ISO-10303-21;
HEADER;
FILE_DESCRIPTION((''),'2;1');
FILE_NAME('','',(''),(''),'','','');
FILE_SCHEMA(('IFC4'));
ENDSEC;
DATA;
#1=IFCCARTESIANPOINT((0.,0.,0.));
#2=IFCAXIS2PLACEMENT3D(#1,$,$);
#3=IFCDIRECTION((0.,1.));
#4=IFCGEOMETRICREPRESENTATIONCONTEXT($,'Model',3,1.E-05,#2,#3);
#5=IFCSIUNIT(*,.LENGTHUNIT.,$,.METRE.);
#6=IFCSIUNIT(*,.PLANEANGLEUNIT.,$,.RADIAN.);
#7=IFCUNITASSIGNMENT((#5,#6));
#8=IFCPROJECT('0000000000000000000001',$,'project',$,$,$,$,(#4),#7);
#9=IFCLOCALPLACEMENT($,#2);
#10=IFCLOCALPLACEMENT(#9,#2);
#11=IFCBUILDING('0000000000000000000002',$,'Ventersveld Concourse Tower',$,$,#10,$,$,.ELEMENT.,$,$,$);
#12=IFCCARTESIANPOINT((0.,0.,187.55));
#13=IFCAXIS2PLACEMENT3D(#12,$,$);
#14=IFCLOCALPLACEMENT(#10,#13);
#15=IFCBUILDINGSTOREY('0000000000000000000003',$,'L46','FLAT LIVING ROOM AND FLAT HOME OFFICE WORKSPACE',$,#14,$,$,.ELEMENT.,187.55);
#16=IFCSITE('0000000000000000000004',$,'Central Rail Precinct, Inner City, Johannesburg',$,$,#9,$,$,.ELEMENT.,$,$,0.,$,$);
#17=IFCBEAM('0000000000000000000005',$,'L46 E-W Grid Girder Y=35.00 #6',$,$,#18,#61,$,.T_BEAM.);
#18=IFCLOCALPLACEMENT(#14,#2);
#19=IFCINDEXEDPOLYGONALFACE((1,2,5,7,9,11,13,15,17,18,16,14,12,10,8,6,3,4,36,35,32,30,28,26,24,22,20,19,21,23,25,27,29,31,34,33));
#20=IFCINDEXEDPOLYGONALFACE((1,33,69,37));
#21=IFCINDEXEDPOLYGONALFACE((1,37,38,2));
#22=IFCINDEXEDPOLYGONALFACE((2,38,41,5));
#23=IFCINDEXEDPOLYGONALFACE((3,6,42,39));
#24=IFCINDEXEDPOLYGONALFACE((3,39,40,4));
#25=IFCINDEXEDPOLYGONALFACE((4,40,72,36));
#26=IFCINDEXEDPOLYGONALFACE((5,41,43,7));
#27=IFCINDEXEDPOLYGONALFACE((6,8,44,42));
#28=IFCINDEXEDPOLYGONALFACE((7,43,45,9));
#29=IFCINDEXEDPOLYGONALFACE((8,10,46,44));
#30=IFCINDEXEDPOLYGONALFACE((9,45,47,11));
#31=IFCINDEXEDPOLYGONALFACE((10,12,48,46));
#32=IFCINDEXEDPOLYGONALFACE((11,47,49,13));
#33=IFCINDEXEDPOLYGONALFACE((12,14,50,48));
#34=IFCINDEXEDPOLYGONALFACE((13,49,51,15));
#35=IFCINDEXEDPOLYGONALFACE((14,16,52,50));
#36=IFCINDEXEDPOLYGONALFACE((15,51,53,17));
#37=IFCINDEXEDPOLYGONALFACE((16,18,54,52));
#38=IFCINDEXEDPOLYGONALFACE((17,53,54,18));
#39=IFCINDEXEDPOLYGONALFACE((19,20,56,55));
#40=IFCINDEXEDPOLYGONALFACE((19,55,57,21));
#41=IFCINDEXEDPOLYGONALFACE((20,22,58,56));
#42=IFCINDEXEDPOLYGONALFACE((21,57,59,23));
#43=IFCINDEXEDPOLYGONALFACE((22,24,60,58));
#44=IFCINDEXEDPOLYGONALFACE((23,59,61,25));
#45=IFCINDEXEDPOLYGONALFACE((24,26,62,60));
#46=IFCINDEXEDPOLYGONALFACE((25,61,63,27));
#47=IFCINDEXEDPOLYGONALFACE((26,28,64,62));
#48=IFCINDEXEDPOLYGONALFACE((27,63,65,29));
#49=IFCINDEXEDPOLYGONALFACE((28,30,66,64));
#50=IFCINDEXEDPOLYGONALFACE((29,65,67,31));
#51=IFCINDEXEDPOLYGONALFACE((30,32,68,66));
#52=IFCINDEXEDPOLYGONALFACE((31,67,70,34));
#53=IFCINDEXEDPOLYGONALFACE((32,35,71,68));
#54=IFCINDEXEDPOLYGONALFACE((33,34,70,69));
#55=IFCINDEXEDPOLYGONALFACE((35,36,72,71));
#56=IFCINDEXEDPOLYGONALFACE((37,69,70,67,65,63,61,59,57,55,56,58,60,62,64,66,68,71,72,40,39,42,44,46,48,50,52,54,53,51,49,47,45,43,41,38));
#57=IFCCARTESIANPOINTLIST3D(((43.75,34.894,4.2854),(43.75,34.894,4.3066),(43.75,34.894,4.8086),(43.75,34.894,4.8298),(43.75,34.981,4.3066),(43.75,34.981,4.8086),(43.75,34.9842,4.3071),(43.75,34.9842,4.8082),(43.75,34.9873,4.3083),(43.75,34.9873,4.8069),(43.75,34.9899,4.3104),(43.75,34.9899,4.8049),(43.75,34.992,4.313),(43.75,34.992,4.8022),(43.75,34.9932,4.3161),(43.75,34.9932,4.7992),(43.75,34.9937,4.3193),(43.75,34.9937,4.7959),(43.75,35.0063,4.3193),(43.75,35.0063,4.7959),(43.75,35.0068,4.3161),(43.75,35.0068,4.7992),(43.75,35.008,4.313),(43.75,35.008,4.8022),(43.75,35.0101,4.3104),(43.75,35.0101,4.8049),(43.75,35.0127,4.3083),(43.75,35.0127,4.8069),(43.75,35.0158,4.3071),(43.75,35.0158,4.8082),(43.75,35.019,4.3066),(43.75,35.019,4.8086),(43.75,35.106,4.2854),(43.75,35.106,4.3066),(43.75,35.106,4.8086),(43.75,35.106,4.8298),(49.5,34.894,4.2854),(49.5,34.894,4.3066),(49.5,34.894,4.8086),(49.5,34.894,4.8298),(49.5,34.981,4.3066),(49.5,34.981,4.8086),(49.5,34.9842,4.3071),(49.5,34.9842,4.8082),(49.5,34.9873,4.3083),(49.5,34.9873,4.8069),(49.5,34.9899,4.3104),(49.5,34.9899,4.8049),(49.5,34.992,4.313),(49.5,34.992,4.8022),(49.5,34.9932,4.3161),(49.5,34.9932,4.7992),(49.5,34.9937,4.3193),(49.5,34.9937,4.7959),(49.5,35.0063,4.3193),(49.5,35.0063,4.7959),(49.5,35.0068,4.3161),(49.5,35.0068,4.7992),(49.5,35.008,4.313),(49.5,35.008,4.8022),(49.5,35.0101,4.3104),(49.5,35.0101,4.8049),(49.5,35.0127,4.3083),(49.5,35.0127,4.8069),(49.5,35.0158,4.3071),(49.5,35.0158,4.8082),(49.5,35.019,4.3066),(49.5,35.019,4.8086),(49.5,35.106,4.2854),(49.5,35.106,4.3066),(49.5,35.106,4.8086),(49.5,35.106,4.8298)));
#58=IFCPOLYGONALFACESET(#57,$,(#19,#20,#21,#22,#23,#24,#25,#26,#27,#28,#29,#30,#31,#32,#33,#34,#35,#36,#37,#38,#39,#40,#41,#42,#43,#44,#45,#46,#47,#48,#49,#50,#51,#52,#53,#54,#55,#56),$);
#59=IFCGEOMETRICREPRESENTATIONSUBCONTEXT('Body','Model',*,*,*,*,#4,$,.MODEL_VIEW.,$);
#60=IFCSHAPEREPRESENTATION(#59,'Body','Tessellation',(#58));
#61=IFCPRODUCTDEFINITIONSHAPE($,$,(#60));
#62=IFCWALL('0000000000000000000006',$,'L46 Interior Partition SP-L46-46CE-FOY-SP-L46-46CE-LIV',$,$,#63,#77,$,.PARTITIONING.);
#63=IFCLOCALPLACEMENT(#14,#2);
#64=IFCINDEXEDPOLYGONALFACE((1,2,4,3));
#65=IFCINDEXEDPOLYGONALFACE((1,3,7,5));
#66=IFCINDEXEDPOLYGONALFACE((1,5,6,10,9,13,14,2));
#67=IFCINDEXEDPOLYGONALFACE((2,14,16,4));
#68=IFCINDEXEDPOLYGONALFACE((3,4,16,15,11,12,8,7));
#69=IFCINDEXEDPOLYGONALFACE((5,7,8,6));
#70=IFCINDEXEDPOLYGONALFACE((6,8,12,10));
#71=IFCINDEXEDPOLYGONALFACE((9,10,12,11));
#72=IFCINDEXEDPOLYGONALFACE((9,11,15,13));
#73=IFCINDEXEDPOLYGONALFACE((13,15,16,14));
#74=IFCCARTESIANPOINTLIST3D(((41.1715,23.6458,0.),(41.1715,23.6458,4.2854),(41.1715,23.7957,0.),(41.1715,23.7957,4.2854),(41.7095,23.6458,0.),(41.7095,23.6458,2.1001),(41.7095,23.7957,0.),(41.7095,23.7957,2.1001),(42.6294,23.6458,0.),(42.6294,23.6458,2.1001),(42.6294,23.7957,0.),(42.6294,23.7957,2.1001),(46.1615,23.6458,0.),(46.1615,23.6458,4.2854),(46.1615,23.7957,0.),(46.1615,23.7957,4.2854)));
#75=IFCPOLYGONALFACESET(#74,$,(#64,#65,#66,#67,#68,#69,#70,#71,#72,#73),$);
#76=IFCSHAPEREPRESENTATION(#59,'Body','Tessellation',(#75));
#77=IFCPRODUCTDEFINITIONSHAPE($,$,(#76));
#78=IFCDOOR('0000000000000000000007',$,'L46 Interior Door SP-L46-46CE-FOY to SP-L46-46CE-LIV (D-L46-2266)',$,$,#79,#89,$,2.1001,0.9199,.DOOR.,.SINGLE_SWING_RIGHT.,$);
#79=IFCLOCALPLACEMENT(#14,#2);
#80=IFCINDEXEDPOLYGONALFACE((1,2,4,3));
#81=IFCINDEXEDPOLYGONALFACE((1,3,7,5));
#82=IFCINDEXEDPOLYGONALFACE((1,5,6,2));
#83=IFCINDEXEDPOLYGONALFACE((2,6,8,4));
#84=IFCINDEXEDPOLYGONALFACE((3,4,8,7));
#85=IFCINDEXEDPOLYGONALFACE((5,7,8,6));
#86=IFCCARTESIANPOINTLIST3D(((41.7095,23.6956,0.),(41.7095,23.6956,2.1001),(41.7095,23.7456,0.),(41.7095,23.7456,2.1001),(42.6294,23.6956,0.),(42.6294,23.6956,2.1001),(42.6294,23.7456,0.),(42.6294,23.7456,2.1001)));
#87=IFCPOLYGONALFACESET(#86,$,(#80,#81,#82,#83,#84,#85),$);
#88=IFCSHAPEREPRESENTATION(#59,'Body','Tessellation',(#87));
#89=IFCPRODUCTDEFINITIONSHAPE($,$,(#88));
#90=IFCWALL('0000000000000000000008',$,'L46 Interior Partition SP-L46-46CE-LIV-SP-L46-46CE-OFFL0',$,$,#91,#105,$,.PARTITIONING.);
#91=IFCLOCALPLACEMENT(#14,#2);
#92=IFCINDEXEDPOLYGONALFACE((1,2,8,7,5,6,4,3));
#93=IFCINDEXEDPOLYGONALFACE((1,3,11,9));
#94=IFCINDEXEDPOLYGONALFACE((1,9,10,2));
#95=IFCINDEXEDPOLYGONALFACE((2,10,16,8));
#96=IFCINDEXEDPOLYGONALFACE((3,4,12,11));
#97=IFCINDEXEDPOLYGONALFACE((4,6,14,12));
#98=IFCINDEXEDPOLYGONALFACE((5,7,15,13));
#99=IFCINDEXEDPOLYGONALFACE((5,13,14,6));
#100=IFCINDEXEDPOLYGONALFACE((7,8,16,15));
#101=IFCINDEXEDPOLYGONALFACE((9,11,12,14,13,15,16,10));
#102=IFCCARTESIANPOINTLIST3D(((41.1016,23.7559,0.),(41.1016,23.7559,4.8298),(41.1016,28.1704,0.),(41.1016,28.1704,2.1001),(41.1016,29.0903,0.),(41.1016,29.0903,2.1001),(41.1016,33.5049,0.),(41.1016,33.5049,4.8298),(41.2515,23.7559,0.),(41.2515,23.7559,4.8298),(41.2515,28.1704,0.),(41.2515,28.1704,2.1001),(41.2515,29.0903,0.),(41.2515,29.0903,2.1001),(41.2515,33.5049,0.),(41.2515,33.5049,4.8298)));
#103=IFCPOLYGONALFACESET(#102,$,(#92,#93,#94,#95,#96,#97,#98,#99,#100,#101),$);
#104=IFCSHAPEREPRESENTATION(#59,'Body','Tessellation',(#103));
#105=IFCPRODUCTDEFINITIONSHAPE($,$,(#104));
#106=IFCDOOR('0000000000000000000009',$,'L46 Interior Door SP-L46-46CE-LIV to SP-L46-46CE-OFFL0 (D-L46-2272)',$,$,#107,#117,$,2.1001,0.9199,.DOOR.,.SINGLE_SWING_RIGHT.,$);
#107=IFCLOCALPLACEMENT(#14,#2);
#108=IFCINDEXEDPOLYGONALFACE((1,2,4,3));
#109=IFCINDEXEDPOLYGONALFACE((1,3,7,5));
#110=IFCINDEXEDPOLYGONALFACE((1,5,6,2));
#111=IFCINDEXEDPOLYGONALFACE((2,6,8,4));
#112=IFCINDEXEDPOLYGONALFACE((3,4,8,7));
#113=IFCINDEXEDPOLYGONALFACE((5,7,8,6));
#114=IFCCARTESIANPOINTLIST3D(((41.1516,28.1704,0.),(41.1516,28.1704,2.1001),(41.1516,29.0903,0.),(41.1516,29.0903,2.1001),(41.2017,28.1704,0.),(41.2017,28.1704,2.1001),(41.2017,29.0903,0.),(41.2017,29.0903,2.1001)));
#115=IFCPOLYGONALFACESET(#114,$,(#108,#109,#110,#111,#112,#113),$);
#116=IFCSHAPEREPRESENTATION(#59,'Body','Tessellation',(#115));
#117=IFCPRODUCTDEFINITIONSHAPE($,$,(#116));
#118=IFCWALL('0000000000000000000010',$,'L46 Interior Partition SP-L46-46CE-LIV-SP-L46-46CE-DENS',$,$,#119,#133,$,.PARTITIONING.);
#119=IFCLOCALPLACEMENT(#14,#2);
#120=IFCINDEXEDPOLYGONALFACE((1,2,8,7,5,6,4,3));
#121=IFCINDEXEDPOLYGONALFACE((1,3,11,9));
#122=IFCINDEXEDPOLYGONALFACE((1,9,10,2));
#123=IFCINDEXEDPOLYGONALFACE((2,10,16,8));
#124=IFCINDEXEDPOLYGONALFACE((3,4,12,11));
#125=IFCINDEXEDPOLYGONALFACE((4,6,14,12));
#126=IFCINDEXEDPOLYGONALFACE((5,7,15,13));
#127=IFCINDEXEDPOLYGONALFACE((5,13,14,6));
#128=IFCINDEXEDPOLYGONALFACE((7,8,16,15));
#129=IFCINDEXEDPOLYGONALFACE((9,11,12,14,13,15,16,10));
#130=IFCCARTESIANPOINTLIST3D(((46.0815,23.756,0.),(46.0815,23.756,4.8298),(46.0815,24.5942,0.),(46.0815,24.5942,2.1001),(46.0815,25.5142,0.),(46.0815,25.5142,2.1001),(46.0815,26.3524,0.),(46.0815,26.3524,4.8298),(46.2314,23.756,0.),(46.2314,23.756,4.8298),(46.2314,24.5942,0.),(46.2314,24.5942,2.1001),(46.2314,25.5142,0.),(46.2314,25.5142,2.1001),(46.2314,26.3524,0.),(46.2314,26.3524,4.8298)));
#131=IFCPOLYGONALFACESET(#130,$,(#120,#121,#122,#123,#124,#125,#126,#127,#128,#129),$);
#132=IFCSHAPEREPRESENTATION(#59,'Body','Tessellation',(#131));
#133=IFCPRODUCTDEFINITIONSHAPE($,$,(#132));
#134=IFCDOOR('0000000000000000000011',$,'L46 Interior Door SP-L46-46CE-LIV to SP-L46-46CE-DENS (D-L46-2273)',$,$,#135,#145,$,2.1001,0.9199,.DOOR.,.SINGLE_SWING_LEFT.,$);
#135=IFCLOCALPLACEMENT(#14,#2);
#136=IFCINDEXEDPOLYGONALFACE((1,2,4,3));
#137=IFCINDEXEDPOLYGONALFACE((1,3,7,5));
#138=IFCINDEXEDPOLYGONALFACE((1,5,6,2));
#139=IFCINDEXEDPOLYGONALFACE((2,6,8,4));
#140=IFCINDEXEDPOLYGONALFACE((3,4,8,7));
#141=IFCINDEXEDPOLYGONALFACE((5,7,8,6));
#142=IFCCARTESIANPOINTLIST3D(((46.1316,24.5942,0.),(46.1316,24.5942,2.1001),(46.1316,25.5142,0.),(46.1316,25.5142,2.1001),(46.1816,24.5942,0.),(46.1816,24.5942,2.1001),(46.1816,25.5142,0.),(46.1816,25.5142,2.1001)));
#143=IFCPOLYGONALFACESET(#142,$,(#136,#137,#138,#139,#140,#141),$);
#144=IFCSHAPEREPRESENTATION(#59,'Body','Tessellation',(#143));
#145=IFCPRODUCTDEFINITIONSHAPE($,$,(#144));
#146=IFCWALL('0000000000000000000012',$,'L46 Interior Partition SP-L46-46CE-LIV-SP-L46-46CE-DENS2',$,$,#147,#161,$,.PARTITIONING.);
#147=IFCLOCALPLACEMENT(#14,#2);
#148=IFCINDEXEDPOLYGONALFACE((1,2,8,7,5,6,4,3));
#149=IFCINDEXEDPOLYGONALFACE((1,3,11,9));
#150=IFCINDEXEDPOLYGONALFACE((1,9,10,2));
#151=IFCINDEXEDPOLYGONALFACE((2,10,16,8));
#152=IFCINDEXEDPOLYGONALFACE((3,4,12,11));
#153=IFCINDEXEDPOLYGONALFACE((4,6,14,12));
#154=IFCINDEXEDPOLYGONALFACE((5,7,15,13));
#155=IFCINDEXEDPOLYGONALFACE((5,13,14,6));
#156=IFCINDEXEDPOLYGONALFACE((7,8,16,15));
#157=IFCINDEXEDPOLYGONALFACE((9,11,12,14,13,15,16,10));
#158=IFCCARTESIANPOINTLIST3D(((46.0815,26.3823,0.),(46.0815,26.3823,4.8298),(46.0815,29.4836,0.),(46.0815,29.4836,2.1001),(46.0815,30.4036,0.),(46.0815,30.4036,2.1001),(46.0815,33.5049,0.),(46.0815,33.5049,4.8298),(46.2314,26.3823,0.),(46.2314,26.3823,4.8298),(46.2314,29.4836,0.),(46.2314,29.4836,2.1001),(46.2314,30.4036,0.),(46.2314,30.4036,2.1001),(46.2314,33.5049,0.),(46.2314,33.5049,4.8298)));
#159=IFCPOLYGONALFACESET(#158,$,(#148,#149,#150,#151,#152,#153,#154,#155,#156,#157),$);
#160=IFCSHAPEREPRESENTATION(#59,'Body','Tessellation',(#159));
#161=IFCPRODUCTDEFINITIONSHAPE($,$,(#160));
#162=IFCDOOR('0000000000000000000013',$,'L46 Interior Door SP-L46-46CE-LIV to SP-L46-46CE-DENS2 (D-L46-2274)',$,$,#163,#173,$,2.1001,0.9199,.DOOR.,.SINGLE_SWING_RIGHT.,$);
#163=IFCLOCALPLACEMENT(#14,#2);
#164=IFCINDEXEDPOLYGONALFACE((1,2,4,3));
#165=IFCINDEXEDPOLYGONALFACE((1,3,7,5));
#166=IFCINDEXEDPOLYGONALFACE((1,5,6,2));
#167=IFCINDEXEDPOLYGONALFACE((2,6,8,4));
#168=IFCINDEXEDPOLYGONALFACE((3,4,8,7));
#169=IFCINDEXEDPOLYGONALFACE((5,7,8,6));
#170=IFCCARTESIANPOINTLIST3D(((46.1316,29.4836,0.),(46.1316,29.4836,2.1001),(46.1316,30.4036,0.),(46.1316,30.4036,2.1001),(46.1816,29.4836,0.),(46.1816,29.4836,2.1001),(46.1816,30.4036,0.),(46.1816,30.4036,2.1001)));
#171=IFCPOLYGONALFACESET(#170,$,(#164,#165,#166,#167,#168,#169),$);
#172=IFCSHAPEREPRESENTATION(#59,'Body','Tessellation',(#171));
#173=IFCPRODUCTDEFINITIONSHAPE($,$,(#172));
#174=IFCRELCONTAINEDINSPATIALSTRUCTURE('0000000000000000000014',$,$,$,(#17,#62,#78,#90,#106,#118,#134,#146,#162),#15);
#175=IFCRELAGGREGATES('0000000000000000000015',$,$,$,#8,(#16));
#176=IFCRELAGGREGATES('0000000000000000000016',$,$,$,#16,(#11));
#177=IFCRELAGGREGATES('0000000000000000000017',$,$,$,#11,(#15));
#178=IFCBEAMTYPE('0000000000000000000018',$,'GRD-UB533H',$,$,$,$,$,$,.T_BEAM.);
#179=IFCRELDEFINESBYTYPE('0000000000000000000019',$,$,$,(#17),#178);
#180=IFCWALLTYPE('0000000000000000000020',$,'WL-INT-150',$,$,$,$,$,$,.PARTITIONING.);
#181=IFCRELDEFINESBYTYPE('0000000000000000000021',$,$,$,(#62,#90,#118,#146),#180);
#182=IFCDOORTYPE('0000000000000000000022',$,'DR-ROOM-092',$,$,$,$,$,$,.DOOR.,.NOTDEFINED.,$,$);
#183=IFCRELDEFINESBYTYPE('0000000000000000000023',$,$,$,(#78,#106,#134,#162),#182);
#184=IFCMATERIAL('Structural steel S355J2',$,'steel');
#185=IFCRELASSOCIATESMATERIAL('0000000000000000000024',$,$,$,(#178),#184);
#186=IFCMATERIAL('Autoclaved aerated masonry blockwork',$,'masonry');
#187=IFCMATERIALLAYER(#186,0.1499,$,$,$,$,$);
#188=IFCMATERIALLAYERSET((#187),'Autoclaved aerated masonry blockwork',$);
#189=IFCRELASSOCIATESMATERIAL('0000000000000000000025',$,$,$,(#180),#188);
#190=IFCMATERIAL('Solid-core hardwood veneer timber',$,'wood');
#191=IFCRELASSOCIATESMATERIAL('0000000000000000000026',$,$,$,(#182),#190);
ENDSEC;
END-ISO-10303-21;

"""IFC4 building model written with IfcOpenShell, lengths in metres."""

from ifc_helpers import new_model, si_unit, direction, frame, frame_2d, origin, origin_2d, place, context, subcontext, project, spatial, rectangle, i_section, extrude, material, layer, layer_set, material_profile, profile_set, type_object, element, fill, save


model = new_model("IFC4")

# Units and contexts
model_context = context("Model", 3, precision=1e-05, world=origin(), true_north=direction((0.0, 1.0)))
body_context = subcontext(model_context, "Body", "Model", "MODEL_VIEW")
ifc_project = project(units=[si_unit("LENGTHUNIT", "METRE"), si_unit("PLANEANGLEUNIT", "RADIAN")], contexts=[model_context])

# Site, building, storey
site_placement = place(None, origin())
site = spatial("IfcSite", under=ifc_project, at=site_placement, Name="Central Rail Precinct, Inner City, Johannesburg", CompositionType="ELEMENT", RefElevation=0.0)
building_placement = place(site_placement, origin())
building = spatial("IfcBuilding", under=site, at=building_placement, Name="Ventersveld Concourse Tower", CompositionType="ELEMENT")
storey_placement = place(building_placement, frame((0.0, 0.0, 187.55)))
storey = spatial("IfcBuildingStorey", under=building, at=storey_placement, Name="L46", Description="FLAT LIVING ROOM AND FLAT HOME OFFICE WORKSPACE", CompositionType="ELEMENT", Elevation=187.55)

# Beam
ifc_material_1 = material(Name="Structural steel S355J2", Category="steel")
ifc_material_profile_1 = material_profile(ifc_material_1, i_section(OverallWidth=0.2119, OverallDepth=0.5444, WebThickness=0.0127, FlangeThickness=0.0212, FilletRadius=0.0127, at=origin_2d()), Name="UB 533x210x122")
ifc_profile_set_1 = profile_set([ifc_material_profile_1], Name="Structural steel S355J2")
beam_type_1 = type_object("IfcBeamType", Name="GRD-UB533H", PredefinedType="T_BEAM", material=ifc_profile_set_1)
beam_1_placement = place(storey_placement, frame((43.75, 35.0, 4.5576), z_axis=(1.0, 0.0, 0.0), x_axis=(0.0, 1.0, 0.0)))
element("IfcBeam", 1, at=beam_1_placement, inside=storey, type_object=beam_type_1, Name="L46 E-W Grid Girder Y=35.00 #6", PredefinedType="T_BEAM", context=body_context, shape_type="SweptSolid", body=[
    extrude(i_section(OverallWidth=0.2119, OverallDepth=0.5444, WebThickness=0.0127, FlangeThickness=0.0212, FilletRadius=0.0127, at=origin_2d()), origin(), (0.0, 0.0, 1.0), 5.75),
])

# Walls, openings, doors
ifc_material_2 = material(Name="Autoclaved aerated masonry blockwork", Category="masonry")
ifc_layer_1 = layer(ifc_material_2, 0.1499)
ifc_layer_set_1 = layer_set([ifc_layer_1], Name="Autoclaved aerated masonry blockwork")
wall_type_1 = type_object("IfcWallType", Name="WL-INT-150", PredefinedType="PARTITIONING", material=ifc_layer_set_1)
wall_1_placement = place(storey_placement, frame((41.1714, 23.7207, 0.0), z_axis=(0.0, 0.0, 1.0), x_axis=(1.0, 0.0, 0.0)))
wall_1 = element("IfcWall", 2, at=wall_1_placement, inside=storey, type_object=wall_type_1, Name="L46 Interior Partition SP-L46-46CE-FOY-SP-L46-46CE-LIV", PredefinedType="PARTITIONING", context=body_context, shape_type="SweptSolid", body=[
    extrude(rectangle(XDim=4.99, YDim=0.1499, at=frame_2d((2.4951, 0.0))), origin(), (0.0, 0.0, 1.0), 4.2854),
])
opening_1_placement = place(wall_1_placement, frame((0.5381, 0.0, 0.0)))
opening_1 = element("IfcOpeningElement", 3, at=opening_1_placement, cuts=wall_1, PredefinedType="OPENING", context=body_context, shape_type="SweptSolid", body=[
    extrude(rectangle(XDim=0.9199, YDim=2.1001, at=frame_2d((0.46, 1.05))), frame((0.0, 0.085, 0.0), z_axis=(0.0, -1.0, 0.0), x_axis=(1.0, 0.0, 0.0)), (0.0, 0.0, 1.0), 0.1699),
])
ifc_material_3 = material(Name="Solid-core hardwood veneer timber", Category="wood")
door_type = type_object("IfcDoorType", Name="DR-ROOM-092", OperationType="NOTDEFINED", PredefinedType="DOOR", material=ifc_material_3)
door_1_placement = place(opening_1_placement, origin())
door_1 = element("IfcDoor", 4, at=door_1_placement, inside=storey, type_object=door_type, Name="L46 Interior Door SP-L46-46CE-FOY to SP-L46-46CE-LIV (D-L46-2266)", OperationType="SINGLE_SWING_RIGHT", OverallHeight=2.1001, OverallWidth=0.9199, PredefinedType="DOOR", context=body_context, shape_type="SweptSolid", body=[
    extrude(rectangle(XDim=0.9199, YDim=2.1001, at=frame_2d((0.46, 1.05))), frame((0.0, 0.0249, 0.0), z_axis=(0.0, -1.0, 0.0), x_axis=(1.0, 0.0, 0.0)), (0.0, 0.0, 1.0), 0.05),
])
fill(opening_1, door_1)
wall_2_placement = place(storey_placement, frame((41.1765, 23.7559, 0.0), z_axis=(0.0, 0.0, 1.0), x_axis=(0.0, 1.0, 0.0)))
wall_2 = element("IfcWall", 5, at=wall_2_placement, inside=storey, type_object=wall_type_1, Name="L46 Interior Partition SP-L46-46CE-LIV-SP-L46-46CE-OFFL0", PredefinedType="PARTITIONING", context=body_context, shape_type="SweptSolid", body=[
    extrude(rectangle(XDim=9.749, YDim=0.1499, at=frame_2d((4.8745, 0.0))), origin(), (0.0, 0.0, 1.0), 4.8298),
])
opening_2_placement = place(wall_2_placement, frame((4.4146, 0.0, 0.0)))
opening_2 = element("IfcOpeningElement", 6, at=opening_2_placement, cuts=wall_2, PredefinedType="OPENING", context=body_context, shape_type="SweptSolid", body=[
    extrude(rectangle(XDim=0.9199, YDim=2.1001, at=frame_2d((0.46, 1.05))), frame((0.0, 0.085, 0.0), z_axis=(0.0, -1.0, 0.0), x_axis=(1.0, 0.0, 0.0)), (0.0, 0.0, 1.0), 0.1699),
])
door_2_placement = place(opening_2_placement, origin())
door_2 = element("IfcDoor", 7, at=door_2_placement, inside=storey, type_object=door_type, Name="L46 Interior Door SP-L46-46CE-LIV to SP-L46-46CE-OFFL0 (D-L46-2272)", OperationType="SINGLE_SWING_RIGHT", OverallHeight=2.1001, OverallWidth=0.9199, PredefinedType="DOOR", context=body_context, shape_type="SweptSolid", body=[
    extrude(rectangle(XDim=0.9199, YDim=2.1001, at=frame_2d((0.46, 1.05))), frame((0.0, 0.0249, 0.0), z_axis=(0.0, -1.0, 0.0), x_axis=(1.0, 0.0, 0.0)), (0.0, 0.0, 1.0), 0.05),
])
fill(opening_2, door_2)
wall_3_placement = place(storey_placement, frame((46.1565, 23.7559, 0.0), z_axis=(0.0, 0.0, 1.0), x_axis=(0.0, 1.0, 0.0)))
wall_3 = element("IfcWall", 8, at=wall_3_placement, inside=storey, type_object=wall_type_1, Name="L46 Interior Partition SP-L46-46CE-LIV-SP-L46-46CE-DENS", PredefinedType="PARTITIONING", context=body_context, shape_type="SweptSolid", body=[
    extrude(rectangle(XDim=2.5964, YDim=0.1499, at=frame_2d((1.2983, 0.0))), origin(), (0.0, 0.0, 1.0), 4.8298),
])
opening_3_placement = place(wall_3_placement, frame((0.8384, 0.0, 0.0)))
opening_3 = element("IfcOpeningElement", 9, at=opening_3_placement, cuts=wall_3, PredefinedType="OPENING", context=body_context, shape_type="SweptSolid", body=[
    extrude(rectangle(XDim=0.9199, YDim=2.1001, at=frame_2d((0.46, 1.05))), frame((0.0, 0.085, 0.0), z_axis=(0.0, -1.0, 0.0), x_axis=(1.0, 0.0, 0.0)), (0.0, 0.0, 1.0), 0.1699),
])
door_3_placement = place(opening_3_placement, origin())
door_3 = element("IfcDoor", 10, at=door_3_placement, inside=storey, type_object=door_type, Name="L46 Interior Door SP-L46-46CE-LIV to SP-L46-46CE-DENS (D-L46-2273)", OperationType="SINGLE_SWING_LEFT", OverallHeight=2.1001, OverallWidth=0.9199, PredefinedType="DOOR", context=body_context, shape_type="SweptSolid", body=[
    extrude(rectangle(XDim=0.9199, YDim=2.1001, at=frame_2d((0.46, 1.05))), frame((0.0, 0.0249, 0.0), z_axis=(0.0, -1.0, 0.0), x_axis=(1.0, 0.0, 0.0)), (0.0, 0.0, 1.0), 0.05),
])
fill(opening_3, door_3)
wall_4_placement = place(storey_placement, frame((46.1565, 26.3823, 0.0), z_axis=(0.0, 0.0, 1.0), x_axis=(0.0, 1.0, 0.0)))
wall_4 = element("IfcWall", 11, at=wall_4_placement, inside=storey, type_object=wall_type_1, Name="L46 Interior Partition SP-L46-46CE-LIV-SP-L46-46CE-DENS2", PredefinedType="PARTITIONING", context=body_context, shape_type="SweptSolid", body=[
    extrude(rectangle(XDim=7.1226, YDim=0.1499, at=frame_2d((3.5613, 0.0))), origin(), (0.0, 0.0, 1.0), 4.8298),
])
opening_4_placement = place(wall_4_placement, frame((3.1013, 0.0, 0.0)))
opening_4 = element("IfcOpeningElement", 12, at=opening_4_placement, cuts=wall_4, PredefinedType="OPENING", context=body_context, shape_type="SweptSolid", body=[
    extrude(rectangle(XDim=0.9199, YDim=2.1001, at=frame_2d((0.46, 1.05))), frame((0.0, 0.085, 0.0), z_axis=(0.0, -1.0, 0.0), x_axis=(1.0, 0.0, 0.0)), (0.0, 0.0, 1.0), 0.1699),
])
door_4_placement = place(opening_4_placement, origin())
door_4 = element("IfcDoor", 13, at=door_4_placement, inside=storey, type_object=door_type, Name="L46 Interior Door SP-L46-46CE-LIV to SP-L46-46CE-DENS2 (D-L46-2274)", OperationType="SINGLE_SWING_RIGHT", OverallHeight=2.1001, OverallWidth=0.9199, PredefinedType="DOOR", context=body_context, shape_type="SweptSolid", body=[
    extrude(rectangle(XDim=0.9199, YDim=2.1001, at=frame_2d((0.46, 1.05))), frame((0.0, 0.0249, 0.0), z_axis=(0.0, -1.0, 0.0), x_axis=(1.0, 0.0, 0.0)), (0.0, 0.0, 1.0), 0.05),
])
fill(opening_4, door_4)

save(model, "model.ifc")
